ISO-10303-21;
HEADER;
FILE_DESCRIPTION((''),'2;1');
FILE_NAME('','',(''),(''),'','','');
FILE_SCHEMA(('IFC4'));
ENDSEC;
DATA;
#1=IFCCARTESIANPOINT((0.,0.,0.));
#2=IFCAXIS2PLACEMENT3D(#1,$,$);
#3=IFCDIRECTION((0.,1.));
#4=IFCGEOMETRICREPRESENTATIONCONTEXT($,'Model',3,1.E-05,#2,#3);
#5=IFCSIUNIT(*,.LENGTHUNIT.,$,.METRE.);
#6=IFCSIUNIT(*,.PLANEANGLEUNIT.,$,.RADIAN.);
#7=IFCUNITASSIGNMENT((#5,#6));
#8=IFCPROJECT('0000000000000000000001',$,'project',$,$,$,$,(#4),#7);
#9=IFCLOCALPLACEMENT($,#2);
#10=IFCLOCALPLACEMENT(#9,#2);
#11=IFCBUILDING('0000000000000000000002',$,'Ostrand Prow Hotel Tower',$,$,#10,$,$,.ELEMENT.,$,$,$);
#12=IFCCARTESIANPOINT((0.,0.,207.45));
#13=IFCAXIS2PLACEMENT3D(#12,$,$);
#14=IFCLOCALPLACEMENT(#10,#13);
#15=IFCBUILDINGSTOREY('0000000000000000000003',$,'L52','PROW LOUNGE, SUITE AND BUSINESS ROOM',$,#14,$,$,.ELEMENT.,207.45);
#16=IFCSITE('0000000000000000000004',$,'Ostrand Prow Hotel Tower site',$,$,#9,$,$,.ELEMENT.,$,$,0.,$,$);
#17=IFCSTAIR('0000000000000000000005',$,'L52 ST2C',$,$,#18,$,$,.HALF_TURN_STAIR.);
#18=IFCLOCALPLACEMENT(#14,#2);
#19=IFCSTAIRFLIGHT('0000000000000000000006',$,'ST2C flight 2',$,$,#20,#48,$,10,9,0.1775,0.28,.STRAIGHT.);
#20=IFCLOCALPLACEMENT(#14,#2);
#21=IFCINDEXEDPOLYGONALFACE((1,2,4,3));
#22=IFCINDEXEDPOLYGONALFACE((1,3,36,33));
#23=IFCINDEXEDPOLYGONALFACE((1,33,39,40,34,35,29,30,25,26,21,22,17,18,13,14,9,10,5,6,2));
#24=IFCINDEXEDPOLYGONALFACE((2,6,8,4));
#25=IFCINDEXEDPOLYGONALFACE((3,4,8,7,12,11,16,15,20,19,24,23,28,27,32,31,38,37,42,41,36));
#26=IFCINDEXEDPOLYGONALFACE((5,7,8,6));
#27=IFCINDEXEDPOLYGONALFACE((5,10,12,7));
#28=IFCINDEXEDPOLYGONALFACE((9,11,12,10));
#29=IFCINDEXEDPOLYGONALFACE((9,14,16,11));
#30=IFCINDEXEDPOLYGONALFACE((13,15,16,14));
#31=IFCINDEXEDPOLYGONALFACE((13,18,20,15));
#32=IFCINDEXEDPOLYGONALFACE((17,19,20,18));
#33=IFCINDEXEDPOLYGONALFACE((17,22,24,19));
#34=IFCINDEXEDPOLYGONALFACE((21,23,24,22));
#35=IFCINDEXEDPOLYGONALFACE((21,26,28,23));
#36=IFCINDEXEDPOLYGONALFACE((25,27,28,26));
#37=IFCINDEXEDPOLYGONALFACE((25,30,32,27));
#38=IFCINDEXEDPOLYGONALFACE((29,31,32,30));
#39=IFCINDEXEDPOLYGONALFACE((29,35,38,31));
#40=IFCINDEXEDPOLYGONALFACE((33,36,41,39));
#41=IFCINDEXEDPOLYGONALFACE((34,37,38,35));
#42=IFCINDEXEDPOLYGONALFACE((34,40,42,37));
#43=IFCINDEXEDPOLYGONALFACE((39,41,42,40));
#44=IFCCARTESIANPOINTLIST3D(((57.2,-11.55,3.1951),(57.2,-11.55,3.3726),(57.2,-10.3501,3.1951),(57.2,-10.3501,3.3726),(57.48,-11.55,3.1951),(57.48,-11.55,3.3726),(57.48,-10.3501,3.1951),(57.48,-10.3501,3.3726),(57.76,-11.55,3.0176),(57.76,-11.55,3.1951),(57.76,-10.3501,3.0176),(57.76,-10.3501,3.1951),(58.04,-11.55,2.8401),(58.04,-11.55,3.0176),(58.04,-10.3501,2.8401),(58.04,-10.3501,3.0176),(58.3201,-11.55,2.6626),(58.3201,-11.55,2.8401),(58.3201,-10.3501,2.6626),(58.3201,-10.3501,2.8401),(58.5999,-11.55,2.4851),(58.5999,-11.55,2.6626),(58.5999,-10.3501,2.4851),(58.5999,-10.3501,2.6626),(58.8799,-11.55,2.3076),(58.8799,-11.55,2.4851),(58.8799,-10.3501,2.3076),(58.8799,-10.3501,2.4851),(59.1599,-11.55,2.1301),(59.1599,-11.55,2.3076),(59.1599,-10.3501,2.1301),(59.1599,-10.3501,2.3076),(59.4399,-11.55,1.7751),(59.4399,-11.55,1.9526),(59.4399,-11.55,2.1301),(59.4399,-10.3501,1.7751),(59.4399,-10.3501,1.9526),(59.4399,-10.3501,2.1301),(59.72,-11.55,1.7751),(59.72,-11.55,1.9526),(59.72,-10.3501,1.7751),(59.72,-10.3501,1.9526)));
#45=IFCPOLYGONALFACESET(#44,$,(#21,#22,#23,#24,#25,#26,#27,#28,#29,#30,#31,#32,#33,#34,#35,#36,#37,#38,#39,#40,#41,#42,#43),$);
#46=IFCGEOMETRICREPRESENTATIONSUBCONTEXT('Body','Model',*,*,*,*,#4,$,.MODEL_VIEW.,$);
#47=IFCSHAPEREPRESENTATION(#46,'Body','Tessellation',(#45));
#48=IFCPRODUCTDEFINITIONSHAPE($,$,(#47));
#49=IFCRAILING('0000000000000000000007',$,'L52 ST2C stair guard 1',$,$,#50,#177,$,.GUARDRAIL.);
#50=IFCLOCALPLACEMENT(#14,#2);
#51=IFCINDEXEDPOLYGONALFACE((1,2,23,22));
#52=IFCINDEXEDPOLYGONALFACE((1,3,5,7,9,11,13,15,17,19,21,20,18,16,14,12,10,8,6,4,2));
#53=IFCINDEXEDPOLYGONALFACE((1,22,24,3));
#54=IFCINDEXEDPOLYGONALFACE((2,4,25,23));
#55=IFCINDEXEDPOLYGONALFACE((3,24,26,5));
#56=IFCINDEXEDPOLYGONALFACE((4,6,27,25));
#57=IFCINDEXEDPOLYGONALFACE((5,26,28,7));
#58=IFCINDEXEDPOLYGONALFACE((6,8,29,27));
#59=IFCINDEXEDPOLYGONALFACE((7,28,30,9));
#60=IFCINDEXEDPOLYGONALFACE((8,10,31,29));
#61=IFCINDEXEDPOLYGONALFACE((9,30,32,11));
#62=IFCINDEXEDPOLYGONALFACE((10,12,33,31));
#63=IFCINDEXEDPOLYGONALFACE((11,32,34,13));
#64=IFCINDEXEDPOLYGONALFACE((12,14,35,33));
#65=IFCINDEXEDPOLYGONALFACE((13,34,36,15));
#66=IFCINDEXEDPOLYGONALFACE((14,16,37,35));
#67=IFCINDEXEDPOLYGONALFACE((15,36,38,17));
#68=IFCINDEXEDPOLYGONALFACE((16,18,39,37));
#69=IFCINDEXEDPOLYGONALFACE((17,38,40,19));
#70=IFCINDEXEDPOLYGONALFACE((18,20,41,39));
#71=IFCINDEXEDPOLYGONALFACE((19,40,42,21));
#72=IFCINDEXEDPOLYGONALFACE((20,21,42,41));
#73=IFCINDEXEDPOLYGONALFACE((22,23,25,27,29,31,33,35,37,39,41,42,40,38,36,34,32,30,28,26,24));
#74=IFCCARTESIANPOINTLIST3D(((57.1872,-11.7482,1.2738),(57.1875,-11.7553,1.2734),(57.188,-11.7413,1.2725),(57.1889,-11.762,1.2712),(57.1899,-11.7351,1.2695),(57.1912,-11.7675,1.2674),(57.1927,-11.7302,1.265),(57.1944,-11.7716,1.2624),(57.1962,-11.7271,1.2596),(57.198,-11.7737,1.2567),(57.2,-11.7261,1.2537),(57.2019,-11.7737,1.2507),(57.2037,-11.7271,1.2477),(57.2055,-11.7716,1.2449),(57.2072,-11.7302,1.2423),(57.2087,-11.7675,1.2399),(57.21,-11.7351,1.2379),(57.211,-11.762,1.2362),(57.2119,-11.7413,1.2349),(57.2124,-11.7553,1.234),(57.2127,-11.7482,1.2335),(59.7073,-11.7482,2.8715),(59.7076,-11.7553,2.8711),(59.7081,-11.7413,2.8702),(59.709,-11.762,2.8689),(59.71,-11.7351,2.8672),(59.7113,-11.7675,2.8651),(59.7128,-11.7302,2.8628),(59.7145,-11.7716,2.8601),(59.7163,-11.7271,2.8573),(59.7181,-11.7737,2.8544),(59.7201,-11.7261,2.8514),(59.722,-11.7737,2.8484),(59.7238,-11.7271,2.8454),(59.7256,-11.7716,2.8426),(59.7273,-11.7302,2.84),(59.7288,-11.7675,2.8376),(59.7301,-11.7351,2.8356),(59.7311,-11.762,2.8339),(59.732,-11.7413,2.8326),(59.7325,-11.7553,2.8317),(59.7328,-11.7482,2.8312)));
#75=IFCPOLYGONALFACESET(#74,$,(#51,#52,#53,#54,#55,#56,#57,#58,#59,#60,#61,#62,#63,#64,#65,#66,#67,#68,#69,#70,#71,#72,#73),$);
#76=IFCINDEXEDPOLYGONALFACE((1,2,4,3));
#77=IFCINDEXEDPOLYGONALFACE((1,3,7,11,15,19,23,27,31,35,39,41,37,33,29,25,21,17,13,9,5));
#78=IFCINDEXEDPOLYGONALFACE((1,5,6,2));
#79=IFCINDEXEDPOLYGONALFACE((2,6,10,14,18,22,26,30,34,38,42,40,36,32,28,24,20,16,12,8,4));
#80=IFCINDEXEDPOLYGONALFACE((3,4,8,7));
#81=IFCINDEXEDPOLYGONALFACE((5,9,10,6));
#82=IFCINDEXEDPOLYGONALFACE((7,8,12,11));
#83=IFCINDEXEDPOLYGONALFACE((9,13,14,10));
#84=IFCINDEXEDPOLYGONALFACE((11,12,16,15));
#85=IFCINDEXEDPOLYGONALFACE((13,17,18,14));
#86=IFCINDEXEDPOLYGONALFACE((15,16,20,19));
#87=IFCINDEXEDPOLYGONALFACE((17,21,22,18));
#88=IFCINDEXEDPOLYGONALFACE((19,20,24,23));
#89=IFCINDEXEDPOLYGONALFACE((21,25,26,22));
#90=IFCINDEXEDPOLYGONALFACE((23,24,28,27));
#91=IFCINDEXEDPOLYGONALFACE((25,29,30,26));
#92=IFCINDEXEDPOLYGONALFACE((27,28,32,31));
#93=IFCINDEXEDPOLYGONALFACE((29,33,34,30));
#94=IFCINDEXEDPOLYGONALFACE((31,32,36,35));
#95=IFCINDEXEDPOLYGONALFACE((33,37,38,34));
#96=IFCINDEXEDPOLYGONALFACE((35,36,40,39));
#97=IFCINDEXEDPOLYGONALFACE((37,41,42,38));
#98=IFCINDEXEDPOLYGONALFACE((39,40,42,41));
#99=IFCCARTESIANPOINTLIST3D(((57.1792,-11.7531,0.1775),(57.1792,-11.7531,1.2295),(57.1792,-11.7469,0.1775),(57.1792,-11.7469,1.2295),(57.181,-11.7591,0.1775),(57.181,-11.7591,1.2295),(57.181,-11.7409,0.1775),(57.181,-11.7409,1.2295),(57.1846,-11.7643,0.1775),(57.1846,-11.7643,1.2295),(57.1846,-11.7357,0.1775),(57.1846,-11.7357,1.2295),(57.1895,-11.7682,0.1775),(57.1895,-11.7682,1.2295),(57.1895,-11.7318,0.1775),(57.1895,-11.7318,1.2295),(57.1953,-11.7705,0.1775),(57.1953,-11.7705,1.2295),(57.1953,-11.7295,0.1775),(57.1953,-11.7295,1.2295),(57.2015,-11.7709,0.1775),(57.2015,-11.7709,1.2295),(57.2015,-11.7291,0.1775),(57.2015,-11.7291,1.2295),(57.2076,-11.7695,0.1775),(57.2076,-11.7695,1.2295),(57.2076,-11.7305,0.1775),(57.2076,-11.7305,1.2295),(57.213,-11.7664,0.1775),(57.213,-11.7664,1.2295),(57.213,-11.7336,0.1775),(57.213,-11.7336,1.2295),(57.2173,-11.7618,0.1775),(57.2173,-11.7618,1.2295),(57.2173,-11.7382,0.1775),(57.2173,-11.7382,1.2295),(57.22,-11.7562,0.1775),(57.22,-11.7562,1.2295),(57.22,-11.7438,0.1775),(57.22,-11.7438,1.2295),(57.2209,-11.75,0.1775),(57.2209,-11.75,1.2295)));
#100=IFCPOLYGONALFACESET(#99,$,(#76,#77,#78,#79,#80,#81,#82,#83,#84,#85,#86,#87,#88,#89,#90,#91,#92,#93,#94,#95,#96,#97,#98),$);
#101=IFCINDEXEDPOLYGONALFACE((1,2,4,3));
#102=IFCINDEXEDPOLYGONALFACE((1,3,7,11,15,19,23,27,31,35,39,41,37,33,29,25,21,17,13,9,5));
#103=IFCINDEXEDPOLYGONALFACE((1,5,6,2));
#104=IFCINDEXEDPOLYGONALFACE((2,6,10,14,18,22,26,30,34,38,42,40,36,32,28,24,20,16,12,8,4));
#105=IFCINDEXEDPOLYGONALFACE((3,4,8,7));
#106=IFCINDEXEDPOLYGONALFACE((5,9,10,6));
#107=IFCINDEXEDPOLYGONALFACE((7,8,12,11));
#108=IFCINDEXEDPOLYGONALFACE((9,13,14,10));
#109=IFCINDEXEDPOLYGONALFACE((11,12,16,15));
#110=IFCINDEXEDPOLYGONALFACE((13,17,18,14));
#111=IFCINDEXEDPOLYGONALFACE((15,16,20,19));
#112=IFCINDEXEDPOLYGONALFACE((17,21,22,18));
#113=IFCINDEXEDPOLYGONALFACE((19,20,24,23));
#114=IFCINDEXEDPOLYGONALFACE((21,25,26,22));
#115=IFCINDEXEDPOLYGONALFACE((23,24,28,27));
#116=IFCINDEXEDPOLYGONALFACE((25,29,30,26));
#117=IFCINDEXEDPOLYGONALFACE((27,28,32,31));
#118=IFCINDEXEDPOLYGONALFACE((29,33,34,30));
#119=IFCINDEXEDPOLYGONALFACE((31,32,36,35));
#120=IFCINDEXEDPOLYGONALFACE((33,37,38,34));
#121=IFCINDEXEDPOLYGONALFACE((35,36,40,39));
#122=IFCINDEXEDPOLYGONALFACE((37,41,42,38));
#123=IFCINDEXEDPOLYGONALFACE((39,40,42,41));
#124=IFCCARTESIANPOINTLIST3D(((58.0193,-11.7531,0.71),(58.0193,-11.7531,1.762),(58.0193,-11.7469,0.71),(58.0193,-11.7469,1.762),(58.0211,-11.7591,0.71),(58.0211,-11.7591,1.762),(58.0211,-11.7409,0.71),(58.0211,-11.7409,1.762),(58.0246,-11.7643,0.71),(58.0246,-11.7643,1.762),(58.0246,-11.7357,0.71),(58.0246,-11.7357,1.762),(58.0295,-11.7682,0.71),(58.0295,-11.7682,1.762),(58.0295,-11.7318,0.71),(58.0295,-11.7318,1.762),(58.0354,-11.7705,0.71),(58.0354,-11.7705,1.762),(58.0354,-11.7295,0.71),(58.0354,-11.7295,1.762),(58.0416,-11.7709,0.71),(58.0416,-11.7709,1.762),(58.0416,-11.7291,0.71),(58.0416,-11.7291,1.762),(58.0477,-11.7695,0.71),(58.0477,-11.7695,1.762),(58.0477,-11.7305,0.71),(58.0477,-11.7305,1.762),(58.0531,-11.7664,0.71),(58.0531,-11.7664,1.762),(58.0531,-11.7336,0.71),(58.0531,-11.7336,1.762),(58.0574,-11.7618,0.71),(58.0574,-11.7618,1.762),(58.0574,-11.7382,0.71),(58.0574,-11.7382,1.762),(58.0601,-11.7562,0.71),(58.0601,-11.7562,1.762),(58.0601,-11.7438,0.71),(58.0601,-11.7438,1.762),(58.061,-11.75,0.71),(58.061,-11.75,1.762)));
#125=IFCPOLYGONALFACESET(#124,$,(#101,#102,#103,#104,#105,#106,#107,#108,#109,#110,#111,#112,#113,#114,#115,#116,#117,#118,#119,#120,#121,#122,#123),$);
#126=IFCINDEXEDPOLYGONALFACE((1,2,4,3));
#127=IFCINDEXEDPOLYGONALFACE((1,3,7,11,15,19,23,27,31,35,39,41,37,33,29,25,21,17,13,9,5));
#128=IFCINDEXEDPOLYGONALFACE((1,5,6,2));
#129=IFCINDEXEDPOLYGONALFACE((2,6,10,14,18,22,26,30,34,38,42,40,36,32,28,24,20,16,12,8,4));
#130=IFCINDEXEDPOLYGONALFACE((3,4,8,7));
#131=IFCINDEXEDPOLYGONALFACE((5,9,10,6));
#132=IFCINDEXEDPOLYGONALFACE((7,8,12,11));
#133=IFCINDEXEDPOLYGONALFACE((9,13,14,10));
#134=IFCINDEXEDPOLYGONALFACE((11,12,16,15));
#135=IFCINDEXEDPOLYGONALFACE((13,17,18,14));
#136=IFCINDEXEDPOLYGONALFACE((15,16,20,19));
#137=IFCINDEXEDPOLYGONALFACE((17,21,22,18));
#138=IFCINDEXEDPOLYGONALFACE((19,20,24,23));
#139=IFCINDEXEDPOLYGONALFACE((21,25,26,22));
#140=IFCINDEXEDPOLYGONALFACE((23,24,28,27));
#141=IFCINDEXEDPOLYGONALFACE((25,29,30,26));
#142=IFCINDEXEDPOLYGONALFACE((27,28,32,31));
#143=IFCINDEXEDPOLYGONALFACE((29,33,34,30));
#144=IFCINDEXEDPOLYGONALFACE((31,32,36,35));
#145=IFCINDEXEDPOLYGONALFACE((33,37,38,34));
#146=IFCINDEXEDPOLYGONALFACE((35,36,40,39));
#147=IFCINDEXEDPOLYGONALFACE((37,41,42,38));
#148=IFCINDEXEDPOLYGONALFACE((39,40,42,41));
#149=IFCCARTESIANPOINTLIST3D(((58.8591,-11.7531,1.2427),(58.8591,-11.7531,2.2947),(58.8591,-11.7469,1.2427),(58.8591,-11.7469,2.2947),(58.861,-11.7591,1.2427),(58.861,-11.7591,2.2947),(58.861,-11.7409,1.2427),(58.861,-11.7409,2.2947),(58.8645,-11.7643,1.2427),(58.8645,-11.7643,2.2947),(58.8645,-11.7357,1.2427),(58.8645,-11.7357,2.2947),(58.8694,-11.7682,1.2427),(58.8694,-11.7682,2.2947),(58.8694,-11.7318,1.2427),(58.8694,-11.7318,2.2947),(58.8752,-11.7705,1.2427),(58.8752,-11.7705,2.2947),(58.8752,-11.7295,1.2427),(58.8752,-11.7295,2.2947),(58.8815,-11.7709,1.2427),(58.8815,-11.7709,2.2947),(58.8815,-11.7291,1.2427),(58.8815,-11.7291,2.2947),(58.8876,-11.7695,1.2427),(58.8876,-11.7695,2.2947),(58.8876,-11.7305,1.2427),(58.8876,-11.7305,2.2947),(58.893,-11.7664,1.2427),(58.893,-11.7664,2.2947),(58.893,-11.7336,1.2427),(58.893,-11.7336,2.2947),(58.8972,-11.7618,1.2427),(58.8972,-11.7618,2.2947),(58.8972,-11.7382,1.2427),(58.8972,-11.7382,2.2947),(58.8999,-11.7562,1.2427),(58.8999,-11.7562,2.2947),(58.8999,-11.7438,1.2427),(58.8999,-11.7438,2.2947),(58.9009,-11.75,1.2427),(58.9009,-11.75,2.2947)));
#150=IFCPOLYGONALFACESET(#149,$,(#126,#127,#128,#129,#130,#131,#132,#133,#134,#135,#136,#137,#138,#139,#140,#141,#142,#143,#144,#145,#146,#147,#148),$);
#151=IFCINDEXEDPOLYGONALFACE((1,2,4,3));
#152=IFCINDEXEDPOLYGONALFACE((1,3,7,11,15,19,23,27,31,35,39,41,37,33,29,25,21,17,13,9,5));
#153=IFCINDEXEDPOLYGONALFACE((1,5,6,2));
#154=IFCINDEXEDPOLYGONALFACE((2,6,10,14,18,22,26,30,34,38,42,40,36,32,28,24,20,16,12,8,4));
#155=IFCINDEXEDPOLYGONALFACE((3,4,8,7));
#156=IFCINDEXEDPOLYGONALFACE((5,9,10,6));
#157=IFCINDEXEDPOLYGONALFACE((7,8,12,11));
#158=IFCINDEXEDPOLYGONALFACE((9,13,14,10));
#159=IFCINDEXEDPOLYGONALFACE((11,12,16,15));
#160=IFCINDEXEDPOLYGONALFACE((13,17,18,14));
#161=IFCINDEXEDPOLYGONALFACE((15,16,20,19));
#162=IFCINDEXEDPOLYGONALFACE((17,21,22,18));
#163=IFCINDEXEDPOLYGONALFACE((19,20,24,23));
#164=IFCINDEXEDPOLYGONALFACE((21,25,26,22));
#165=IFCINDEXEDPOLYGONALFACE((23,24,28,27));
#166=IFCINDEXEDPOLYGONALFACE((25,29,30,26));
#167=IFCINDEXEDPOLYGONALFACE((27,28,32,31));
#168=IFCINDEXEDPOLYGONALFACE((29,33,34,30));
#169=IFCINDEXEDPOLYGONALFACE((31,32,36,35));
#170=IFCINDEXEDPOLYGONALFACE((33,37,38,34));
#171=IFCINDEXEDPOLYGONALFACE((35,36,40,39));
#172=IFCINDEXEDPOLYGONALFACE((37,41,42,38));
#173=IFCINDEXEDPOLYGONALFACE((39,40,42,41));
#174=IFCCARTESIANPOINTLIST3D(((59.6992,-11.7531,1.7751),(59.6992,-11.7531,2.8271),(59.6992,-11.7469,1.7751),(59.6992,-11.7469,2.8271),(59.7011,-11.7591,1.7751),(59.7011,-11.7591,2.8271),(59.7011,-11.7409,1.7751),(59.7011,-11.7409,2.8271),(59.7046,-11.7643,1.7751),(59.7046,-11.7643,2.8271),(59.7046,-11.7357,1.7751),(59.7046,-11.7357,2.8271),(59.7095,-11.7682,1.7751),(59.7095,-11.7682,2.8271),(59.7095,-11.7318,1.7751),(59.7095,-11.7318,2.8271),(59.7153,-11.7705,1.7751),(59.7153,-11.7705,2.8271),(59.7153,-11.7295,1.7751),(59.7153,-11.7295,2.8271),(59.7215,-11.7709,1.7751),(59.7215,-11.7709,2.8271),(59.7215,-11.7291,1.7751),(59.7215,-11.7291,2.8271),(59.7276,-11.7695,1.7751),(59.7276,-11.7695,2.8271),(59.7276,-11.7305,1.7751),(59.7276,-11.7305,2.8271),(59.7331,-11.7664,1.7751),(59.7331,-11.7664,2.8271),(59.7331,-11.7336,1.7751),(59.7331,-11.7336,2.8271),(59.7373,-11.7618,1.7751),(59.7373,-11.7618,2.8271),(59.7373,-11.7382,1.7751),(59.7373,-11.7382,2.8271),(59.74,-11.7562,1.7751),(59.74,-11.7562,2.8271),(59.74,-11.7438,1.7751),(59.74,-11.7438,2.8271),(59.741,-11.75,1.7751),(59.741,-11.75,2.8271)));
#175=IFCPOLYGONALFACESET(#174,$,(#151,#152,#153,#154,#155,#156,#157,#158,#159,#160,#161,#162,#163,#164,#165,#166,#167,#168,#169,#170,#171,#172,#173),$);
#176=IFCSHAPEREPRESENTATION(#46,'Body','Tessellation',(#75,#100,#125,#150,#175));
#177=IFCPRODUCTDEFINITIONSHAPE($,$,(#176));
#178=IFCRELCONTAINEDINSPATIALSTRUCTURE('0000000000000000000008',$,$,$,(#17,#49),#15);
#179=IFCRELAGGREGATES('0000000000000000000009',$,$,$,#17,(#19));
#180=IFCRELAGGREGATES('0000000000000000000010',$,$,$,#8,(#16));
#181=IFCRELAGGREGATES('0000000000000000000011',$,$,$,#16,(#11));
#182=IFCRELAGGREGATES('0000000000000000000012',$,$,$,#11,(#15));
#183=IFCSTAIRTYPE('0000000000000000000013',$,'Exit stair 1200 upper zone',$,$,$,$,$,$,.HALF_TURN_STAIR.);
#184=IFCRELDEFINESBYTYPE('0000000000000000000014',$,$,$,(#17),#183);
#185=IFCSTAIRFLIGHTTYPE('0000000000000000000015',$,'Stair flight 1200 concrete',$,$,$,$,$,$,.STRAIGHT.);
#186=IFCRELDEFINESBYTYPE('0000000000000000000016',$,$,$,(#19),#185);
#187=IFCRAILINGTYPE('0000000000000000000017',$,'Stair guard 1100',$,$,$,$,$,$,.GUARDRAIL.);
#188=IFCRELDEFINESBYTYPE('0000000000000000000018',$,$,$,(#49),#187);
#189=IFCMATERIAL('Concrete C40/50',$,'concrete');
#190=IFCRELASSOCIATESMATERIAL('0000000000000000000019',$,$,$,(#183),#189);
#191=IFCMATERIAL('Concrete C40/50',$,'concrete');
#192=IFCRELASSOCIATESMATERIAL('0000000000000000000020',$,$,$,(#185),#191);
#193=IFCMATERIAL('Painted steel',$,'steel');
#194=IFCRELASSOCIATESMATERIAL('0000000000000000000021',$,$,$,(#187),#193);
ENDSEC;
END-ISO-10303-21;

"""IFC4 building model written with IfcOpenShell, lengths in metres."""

from ifc_helpers import new_model, si_unit, direction, frame, origin, origin_2d, place, context, subcontext, project, spatial, polyline, circle, outline, extrude, material, type_object, element, aggregate, save


model = new_model("IFC4")

# Units and contexts
model_context = context("Model", 3, precision=1e-05, world=origin(), true_north=direction((0.0, 1.0)))
body_context = subcontext(model_context, "Body", "Model", "MODEL_VIEW")
ifc_project = project(units=[si_unit("LENGTHUNIT", "METRE"), si_unit("PLANEANGLEUNIT", "RADIAN")], contexts=[model_context])

# Site, building, storey
site_placement = place(None, origin())
site = spatial("IfcSite", under=ifc_project, at=site_placement, Name="Ostrand Prow Hotel Tower site", CompositionType="ELEMENT", RefElevation=0.0)
building_placement = place(site_placement, origin())
building = spatial("IfcBuilding", under=site, at=building_placement, Name="Ostrand Prow Hotel Tower", CompositionType="ELEMENT")
storey_placement = place(building_placement, frame((0.0, 0.0, 207.45)))
storey = spatial("IfcBuildingStorey", under=building, at=storey_placement, Name="L52", Description="PROW LOUNGE, SUITE AND BUSINESS ROOM", CompositionType="ELEMENT", Elevation=207.45)

# Stair, stair flight
ifc_material_1 = material(Name="Concrete C40/50", Category="concrete")
stair_type = type_object("IfcStairType", Name="Exit stair 1200 upper zone", PredefinedType="HALF_TURN_STAIR", material=ifc_material_1)
stair_placement = place(storey_placement, origin())
stair = element("IfcStair", 1, at=stair_placement, inside=storey, type_object=stair_type, Name="L52 ST2C", PredefinedType="HALF_TURN_STAIR")
ifc_material_2 = material(Name="Concrete C40/50", Category="concrete")
stair_flight_type = type_object("IfcStairFlightType", Name="Stair flight 1200 concrete", PredefinedType="STRAIGHT", material=ifc_material_2)
stair_flight_1_placement = place(storey_placement, frame((59.72, -10.95, 1.7751), z_axis=(0.0, 0.0, 1.0), x_axis=(-1.0, 0.0, 0.0)))
stair_flight_1 = element("IfcStairFlight", 2, at=stair_flight_1_placement, type_object=stair_flight_type, Name="ST2C flight 2", NumberOfRisers=10, NumberOfTreads=9, PredefinedType="STRAIGHT", RiserHeight=0.1775, TreadLength=0.28, context=body_context, shape_type="SweptSolid", body=[
    extrude(outline(polyline([(0.0, 0.0), (0.0, 0.1775), (0.28, 0.1775), (0.28, 0.355), (0.5601, 0.355), (0.5601, 0.5325), (0.8401, 0.5325), (0.8401, 0.71), (1.1201, 0.71), (1.1201, 0.8875), (1.3999, 0.8875), (1.3999, 1.0649), (1.6799, 1.0649), (1.6799, 1.2424), (1.96, 1.2424), (1.96, 1.4199), (2.24, 1.4199), (2.24, 1.5974), (2.52, 1.5974), (2.52, 1.7749), (2.52, 1.4199), (0.28, 0.0), (0.0, 0.0)])), frame((0.0, 0.6001, 0.0), z_axis=(0.0, -1.0, 0.0), x_axis=(1.0, 0.0, 0.0)), (0.0, 0.0, 1.0), 1.2),
])
aggregate(stair, [stair_flight_1])

# Railing
ifc_material_3 = material(Name="Painted steel", Category="steel")
railing_type_1 = type_object("IfcRailingType", Name="Stair guard 1100", PredefinedType="GUARDRAIL", material=ifc_material_3)
railing_1_placement = place(storey_placement, frame((57.2, -11.75, 0.1775)))
element("IfcRailing", 3, at=railing_1_placement, inside=storey, type_object=railing_type_1, Name="L52 ST2C stair guard 1", PredefinedType="GUARDRAIL", context=body_context, shape_type="SweptSolid", body=[
    extrude(circle(Radius=0.0239, at=origin_2d()), frame((0.0, 0.0, 1.0762), z_axis=(0.84457, 0.0, 0.535445), x_axis=(0.0, 1.0, 0.0)), (0.0, 0.0, 1.0), 2.9839),
    extrude(circle(Radius=0.021, at=origin_2d()), origin(), (0.0, 0.0, 1.0), 1.052),
    extrude(circle(Radius=0.021, at=origin_2d()), frame((0.8401, 0.0, 0.5325)), (0.0, 0.0, 1.0), 1.052),
    extrude(circle(Radius=0.021, at=origin_2d()), frame((1.6799, 0.0, 1.0652)), (0.0, 0.0, 1.0), 1.052),
    extrude(circle(Radius=0.021, at=origin_2d()), frame((2.52, 0.0, 1.5977)), (0.0, 0.0, 1.0), 1.052),
])

save(model, "model.ifc")
